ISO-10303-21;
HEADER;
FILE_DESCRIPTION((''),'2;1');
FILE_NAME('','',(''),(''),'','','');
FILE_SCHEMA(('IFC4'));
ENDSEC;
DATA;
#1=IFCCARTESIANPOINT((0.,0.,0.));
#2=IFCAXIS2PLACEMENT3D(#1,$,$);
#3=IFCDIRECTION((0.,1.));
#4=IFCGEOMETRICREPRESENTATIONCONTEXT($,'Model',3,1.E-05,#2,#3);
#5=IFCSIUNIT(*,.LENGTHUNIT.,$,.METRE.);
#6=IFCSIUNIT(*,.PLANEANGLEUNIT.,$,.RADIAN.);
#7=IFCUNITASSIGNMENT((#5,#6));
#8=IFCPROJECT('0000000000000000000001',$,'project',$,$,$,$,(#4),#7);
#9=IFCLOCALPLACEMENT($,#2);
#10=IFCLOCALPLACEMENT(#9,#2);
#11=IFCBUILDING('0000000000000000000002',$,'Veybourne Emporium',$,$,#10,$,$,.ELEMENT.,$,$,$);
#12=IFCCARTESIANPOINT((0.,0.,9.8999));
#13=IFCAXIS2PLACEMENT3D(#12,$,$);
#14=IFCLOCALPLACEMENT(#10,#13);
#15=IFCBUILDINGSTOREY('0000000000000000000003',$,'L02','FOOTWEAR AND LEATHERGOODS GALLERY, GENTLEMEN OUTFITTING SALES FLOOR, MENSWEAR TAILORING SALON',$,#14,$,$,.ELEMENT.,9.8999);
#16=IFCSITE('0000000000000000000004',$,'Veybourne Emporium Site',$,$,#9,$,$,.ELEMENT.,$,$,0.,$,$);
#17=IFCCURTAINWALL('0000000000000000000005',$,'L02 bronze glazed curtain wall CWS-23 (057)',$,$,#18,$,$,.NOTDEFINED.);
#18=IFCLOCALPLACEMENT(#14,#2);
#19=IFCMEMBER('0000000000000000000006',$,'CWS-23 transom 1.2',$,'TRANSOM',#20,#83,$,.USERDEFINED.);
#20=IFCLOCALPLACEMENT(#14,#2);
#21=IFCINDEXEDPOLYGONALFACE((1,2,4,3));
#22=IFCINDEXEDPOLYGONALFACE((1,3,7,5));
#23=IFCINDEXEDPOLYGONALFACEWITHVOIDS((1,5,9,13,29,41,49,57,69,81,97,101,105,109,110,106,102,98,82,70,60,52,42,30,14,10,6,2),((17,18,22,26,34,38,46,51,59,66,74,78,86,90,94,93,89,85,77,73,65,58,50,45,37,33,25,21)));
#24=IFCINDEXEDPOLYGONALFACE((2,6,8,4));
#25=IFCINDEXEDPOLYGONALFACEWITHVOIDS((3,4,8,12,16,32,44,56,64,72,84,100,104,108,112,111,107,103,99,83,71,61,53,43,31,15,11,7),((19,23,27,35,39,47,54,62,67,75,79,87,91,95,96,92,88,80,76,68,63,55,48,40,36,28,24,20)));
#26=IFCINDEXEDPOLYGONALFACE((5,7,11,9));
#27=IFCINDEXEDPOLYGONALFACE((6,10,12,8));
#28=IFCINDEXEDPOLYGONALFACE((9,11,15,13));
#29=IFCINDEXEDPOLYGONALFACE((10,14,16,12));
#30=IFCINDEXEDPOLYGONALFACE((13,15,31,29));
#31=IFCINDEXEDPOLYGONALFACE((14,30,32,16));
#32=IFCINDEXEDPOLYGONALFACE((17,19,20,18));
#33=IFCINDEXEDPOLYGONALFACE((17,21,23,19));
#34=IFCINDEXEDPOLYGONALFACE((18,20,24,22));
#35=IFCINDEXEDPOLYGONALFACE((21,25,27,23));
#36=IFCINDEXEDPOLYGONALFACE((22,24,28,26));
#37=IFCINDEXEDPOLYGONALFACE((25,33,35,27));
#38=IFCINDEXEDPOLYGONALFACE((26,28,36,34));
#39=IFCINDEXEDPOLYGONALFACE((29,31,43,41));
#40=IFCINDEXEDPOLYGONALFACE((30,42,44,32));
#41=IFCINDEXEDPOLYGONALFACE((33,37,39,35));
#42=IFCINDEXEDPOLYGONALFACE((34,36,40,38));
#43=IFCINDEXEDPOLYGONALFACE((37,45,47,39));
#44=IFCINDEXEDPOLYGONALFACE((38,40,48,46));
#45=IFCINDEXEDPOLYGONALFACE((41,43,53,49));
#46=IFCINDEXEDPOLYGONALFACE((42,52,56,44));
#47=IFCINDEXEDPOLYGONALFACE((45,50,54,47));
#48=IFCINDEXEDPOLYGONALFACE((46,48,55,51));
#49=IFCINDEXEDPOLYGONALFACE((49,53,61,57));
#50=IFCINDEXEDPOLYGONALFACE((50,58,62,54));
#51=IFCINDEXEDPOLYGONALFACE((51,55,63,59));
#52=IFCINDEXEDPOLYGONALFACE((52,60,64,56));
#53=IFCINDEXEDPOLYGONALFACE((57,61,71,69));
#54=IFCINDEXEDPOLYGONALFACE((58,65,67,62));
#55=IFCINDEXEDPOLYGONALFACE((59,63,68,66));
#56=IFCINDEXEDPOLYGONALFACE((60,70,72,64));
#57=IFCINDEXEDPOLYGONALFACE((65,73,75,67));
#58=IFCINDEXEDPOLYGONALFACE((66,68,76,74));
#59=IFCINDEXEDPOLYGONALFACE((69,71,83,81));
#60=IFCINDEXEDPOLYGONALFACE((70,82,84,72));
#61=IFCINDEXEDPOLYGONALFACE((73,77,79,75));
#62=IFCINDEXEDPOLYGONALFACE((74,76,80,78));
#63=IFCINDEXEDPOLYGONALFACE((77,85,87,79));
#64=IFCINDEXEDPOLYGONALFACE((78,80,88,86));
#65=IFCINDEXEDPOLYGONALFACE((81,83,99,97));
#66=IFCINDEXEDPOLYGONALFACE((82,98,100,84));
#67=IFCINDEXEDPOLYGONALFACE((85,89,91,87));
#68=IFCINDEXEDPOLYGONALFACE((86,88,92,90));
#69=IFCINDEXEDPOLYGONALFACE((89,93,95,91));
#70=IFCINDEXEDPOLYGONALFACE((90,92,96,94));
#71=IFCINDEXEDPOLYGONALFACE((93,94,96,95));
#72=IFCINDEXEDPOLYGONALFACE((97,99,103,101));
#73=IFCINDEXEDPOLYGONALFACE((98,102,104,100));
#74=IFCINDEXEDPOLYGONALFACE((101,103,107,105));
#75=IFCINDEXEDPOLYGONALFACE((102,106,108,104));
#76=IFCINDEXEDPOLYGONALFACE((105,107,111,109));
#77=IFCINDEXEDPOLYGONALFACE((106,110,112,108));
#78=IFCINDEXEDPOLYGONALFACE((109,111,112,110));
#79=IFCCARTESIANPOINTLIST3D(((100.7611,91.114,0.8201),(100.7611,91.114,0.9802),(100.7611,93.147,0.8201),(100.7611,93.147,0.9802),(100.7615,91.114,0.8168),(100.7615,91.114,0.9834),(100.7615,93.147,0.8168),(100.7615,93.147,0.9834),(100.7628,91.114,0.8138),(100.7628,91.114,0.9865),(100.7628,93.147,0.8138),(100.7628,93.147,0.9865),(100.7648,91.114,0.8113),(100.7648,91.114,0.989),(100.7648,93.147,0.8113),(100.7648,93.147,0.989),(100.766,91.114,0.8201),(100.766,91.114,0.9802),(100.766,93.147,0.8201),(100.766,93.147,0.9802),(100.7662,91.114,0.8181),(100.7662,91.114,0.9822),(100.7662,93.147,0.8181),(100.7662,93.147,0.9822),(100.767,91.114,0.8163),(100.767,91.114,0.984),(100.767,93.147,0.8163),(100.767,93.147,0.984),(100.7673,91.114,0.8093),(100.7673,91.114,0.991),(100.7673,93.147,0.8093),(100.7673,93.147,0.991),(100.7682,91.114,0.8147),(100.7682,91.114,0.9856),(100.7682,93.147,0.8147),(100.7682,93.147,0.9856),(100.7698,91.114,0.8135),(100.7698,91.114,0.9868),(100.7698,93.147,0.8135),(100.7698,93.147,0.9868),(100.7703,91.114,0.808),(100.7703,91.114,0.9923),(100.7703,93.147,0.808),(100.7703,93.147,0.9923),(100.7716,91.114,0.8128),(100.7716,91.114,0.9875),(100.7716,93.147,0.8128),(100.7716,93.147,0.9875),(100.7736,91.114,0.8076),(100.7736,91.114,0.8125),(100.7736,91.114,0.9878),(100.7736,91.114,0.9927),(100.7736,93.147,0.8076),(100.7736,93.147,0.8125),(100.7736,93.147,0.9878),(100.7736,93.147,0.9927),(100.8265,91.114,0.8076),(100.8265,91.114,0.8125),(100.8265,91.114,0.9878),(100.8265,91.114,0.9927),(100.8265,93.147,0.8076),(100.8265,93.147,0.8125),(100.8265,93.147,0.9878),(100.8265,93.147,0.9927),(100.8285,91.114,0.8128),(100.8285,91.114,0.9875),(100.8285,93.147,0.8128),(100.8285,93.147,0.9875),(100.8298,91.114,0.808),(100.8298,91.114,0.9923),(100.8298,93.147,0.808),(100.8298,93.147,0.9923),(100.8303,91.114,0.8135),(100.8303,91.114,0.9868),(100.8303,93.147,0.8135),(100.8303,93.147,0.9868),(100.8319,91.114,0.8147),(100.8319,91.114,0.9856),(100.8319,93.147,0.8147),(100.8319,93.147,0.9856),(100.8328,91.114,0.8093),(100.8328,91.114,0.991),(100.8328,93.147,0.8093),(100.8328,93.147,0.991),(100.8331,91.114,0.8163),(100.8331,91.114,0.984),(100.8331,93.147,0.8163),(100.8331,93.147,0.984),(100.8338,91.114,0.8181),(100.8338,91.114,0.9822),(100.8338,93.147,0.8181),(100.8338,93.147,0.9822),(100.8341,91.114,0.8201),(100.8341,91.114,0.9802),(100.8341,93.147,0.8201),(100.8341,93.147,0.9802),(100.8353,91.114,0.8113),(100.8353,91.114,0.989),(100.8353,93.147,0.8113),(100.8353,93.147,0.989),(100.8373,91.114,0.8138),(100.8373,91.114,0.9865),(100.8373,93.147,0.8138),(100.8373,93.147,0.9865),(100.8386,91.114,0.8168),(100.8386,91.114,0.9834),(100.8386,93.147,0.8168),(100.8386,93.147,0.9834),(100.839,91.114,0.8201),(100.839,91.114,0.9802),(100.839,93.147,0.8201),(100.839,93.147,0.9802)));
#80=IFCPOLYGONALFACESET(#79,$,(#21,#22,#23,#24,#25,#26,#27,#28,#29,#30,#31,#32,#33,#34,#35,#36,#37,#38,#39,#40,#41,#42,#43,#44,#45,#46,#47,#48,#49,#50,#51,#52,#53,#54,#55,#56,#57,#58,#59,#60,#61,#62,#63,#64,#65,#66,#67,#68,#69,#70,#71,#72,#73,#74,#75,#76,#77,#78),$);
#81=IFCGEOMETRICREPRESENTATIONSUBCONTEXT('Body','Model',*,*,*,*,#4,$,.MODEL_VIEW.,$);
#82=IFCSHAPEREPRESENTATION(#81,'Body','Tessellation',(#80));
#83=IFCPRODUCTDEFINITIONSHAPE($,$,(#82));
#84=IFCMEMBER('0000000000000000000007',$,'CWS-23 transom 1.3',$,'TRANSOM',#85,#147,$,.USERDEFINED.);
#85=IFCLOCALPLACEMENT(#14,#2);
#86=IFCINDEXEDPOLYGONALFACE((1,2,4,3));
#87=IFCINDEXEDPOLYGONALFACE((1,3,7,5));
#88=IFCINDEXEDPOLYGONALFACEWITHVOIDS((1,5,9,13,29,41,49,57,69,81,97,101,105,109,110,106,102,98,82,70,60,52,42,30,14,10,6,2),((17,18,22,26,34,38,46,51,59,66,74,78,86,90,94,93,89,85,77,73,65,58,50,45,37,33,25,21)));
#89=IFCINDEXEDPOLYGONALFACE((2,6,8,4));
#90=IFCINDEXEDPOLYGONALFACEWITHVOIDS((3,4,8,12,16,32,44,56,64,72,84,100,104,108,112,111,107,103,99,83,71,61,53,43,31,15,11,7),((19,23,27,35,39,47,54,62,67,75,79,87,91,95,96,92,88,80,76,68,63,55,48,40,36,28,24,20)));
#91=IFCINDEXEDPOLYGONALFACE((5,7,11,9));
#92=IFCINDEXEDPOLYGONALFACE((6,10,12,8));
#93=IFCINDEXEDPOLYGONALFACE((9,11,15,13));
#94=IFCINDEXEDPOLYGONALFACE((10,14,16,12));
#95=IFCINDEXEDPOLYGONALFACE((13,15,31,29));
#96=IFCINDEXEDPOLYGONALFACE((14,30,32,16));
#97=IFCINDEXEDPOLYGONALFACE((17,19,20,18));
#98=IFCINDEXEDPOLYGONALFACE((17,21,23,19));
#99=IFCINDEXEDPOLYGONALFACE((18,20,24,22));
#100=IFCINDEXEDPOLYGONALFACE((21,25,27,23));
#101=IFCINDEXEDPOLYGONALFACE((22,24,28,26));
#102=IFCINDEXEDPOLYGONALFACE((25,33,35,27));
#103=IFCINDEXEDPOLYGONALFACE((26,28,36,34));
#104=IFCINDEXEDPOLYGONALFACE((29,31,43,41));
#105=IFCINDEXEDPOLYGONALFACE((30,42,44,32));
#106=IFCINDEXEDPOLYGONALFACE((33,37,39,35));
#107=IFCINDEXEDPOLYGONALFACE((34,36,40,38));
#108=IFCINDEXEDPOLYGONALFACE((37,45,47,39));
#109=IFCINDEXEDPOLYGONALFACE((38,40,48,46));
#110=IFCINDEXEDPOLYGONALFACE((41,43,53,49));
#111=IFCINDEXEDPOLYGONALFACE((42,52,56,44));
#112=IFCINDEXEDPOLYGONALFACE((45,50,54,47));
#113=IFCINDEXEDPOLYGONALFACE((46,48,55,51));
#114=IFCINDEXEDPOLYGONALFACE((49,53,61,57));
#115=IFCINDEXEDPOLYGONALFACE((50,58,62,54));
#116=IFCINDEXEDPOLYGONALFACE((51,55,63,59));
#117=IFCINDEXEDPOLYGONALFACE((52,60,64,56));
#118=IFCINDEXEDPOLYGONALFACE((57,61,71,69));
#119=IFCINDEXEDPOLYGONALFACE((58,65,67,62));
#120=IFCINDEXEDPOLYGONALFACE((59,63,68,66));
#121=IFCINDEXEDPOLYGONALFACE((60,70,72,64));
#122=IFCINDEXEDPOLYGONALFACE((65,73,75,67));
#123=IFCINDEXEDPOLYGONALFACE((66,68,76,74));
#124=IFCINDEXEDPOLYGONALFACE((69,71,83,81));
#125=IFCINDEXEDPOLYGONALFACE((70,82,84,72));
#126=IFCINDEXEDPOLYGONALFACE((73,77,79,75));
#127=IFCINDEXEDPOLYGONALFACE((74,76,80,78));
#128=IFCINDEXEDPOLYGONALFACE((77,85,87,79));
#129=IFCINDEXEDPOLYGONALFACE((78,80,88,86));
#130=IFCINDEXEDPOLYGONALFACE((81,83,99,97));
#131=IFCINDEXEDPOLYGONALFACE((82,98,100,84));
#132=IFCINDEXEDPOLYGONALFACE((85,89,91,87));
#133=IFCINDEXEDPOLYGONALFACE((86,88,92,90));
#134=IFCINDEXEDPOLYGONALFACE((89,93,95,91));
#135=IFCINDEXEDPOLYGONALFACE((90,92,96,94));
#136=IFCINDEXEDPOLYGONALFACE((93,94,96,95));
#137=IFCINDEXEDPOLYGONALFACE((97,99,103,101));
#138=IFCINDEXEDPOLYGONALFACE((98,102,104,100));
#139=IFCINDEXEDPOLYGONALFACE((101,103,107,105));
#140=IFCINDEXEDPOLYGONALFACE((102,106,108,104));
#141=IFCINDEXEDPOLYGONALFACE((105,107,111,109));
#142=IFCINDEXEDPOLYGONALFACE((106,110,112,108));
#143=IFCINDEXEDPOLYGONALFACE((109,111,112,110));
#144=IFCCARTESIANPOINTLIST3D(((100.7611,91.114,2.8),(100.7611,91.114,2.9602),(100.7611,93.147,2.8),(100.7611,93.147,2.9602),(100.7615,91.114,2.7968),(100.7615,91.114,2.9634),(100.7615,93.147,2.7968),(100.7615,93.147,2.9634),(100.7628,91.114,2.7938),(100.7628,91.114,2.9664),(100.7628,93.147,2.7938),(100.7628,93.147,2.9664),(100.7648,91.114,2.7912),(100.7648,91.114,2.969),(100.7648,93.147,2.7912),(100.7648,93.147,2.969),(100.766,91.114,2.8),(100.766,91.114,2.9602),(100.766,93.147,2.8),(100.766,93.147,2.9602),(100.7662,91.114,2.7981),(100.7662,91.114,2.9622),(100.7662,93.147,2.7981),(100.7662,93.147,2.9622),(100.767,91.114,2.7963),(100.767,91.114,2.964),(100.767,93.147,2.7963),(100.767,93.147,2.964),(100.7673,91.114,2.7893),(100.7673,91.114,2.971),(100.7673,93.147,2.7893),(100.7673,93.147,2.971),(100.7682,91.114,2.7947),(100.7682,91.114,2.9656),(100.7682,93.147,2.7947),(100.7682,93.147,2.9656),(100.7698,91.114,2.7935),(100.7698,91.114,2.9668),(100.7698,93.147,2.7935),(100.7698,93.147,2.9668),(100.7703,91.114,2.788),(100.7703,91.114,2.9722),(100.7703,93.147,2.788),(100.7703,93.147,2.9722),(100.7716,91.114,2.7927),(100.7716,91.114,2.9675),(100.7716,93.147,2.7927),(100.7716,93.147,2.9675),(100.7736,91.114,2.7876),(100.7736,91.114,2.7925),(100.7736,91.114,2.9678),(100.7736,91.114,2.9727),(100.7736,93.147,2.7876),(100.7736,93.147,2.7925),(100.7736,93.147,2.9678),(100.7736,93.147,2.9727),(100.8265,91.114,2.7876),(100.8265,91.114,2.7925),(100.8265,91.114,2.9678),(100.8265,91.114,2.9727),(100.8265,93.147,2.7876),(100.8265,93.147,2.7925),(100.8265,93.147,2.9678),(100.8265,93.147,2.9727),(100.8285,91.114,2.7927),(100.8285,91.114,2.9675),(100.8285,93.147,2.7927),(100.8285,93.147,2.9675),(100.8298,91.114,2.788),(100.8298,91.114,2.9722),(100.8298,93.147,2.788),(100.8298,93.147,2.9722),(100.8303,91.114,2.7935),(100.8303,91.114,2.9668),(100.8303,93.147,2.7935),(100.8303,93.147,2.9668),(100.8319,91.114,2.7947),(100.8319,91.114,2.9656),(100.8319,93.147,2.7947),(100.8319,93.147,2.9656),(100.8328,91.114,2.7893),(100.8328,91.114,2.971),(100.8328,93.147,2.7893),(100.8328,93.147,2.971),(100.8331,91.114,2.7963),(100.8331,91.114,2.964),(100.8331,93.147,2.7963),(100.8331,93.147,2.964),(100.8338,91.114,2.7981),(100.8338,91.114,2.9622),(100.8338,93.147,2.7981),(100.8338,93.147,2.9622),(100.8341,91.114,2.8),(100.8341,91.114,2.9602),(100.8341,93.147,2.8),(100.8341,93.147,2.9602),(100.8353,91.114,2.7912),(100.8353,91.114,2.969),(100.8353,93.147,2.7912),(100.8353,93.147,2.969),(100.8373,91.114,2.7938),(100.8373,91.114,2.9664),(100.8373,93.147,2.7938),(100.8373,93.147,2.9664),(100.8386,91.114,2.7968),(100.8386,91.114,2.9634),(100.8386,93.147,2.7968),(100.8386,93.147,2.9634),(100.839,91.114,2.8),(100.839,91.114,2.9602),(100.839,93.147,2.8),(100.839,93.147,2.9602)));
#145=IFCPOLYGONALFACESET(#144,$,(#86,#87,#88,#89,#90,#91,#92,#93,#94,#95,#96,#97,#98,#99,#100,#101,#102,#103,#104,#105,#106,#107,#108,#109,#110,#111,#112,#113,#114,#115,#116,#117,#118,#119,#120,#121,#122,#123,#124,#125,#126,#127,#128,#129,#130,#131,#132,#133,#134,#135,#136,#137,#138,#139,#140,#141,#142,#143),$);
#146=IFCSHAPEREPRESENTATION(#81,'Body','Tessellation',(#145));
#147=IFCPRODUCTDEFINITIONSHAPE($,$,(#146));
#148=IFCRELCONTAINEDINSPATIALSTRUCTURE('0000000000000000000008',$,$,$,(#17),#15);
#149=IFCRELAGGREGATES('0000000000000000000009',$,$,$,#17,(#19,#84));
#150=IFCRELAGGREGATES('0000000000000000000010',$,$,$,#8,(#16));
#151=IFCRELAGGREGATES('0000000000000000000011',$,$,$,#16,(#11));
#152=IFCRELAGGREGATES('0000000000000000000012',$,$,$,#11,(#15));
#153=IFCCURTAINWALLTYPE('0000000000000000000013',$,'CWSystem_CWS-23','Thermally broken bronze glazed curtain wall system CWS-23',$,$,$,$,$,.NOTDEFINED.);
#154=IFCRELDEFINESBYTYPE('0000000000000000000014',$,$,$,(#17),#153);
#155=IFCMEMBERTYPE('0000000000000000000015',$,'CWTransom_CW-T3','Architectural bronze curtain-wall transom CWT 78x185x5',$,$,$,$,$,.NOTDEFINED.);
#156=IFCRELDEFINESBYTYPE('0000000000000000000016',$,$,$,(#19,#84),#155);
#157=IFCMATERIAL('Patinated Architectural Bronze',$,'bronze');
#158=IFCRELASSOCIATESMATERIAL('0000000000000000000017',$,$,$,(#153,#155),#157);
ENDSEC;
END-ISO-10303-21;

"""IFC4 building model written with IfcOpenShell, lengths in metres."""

from ifc_helpers import new_model, si_unit, direction, frame, origin, origin_2d, place, context, subcontext, project, spatial, hollow_rectangle, extrude, material, material_profile, profile_set, type_object, element, aggregate, save


model = new_model("IFC4")

# Units and contexts
model_context = context("Model", 3, precision=1e-05, world=origin(), true_north=direction((0.0, 1.0)))
body_context = subcontext(model_context, "Body", "Model", "MODEL_VIEW")
ifc_project = project(units=[si_unit("LENGTHUNIT", "METRE"), si_unit("PLANEANGLEUNIT", "RADIAN")], contexts=[model_context])

# Site, building, storey
site_placement = place(None, origin())
site = spatial("IfcSite", under=ifc_project, at=site_placement, Name="Veybourne Emporium Site", CompositionType="ELEMENT", RefElevation=0.0)
building_placement = place(site_placement, origin())
building = spatial("IfcBuilding", under=site, at=building_placement, Name="Veybourne Emporium", CompositionType="ELEMENT")
storey_placement = place(building_placement, frame((0.0, 0.0, 9.8999)))
storey = spatial("IfcBuildingStorey", under=building, at=storey_placement, Name="L02", Description="FOOTWEAR AND LEATHERGOODS GALLERY, GENTLEMEN OUTFITTING SALES FLOOR, MENSWEAR TAILORING SALON", CompositionType="ELEMENT", Elevation=9.8999)

# Curtain wall, members
ifc_material_1 = material(Name="Patinated Architectural Bronze", Category="bronze")
curtain_wall_type = type_object("IfcCurtainWallType", Name="CWSystem_CWS-23", Description="Thermally broken bronze glazed curtain wall system CWS-23", PredefinedType="NOTDEFINED", material=ifc_material_1)
curtain_wall_placement = place(storey_placement, origin())
curtain_wall = element("IfcCurtainWall", 1, at=curtain_wall_placement, inside=storey, type_object=curtain_wall_type, Name="L02 bronze glazed curtain wall CWS-23 (057)", PredefinedType="NOTDEFINED")
ifc_material_profile_1 = material_profile(ifc_material_1, hollow_rectangle(XDim=0.0779, YDim=0.1851, WallThickness=0.0049, InnerFilletRadius=0.0076, OuterFilletRadius=0.0125, at=origin_2d()), Name="CWT 78x185x5")
ifc_profile_set_1 = profile_set([ifc_material_profile_1], Name="Patinated Architectural Bronze")
member_type_1 = type_object("IfcMemberType", Name="CWTransom_CW-T3", Description="Architectural bronze curtain-wall transom CWT 78x185x5", PredefinedType="NOTDEFINED", material=ifc_profile_set_1)
member_1_placement = place(storey_placement, frame((100.8, 93.147, 0.9001), z_axis=(0.0, -1.0, 0.0), x_axis=(1.0, 0.0, 0.0)))
member_1 = element("IfcMember", 2, at=member_1_placement, type_object=member_type_1, Name="CWS-23 transom 1.2", ObjectType="TRANSOM", PredefinedType="USERDEFINED", context=body_context, shape_type="SweptSolid", body=[
    extrude(hollow_rectangle(XDim=0.0779, YDim=0.1851, WallThickness=0.0049, InnerFilletRadius=0.0076, OuterFilletRadius=0.0125, at=origin_2d()), origin(), (0.0, 0.0, 1.0), 2.033),
])
member_2_placement = place(storey_placement, frame((100.8, 93.147, 2.8801), z_axis=(0.0, -1.0, 0.0), x_axis=(1.0, 0.0, 0.0)))
member_2 = element("IfcMember", 3, at=member_2_placement, type_object=member_type_1, Name="CWS-23 transom 1.3", ObjectType="TRANSOM", PredefinedType="USERDEFINED", context=body_context, shape_type="SweptSolid", body=[
    extrude(hollow_rectangle(XDim=0.0779, YDim=0.1851, WallThickness=0.0049, InnerFilletRadius=0.0076, OuterFilletRadius=0.0125, at=origin_2d()), origin(), (0.0, 0.0, 1.0), 2.033),
])
aggregate(curtain_wall, [member_1, member_2])

save(model, "model.ifc")
